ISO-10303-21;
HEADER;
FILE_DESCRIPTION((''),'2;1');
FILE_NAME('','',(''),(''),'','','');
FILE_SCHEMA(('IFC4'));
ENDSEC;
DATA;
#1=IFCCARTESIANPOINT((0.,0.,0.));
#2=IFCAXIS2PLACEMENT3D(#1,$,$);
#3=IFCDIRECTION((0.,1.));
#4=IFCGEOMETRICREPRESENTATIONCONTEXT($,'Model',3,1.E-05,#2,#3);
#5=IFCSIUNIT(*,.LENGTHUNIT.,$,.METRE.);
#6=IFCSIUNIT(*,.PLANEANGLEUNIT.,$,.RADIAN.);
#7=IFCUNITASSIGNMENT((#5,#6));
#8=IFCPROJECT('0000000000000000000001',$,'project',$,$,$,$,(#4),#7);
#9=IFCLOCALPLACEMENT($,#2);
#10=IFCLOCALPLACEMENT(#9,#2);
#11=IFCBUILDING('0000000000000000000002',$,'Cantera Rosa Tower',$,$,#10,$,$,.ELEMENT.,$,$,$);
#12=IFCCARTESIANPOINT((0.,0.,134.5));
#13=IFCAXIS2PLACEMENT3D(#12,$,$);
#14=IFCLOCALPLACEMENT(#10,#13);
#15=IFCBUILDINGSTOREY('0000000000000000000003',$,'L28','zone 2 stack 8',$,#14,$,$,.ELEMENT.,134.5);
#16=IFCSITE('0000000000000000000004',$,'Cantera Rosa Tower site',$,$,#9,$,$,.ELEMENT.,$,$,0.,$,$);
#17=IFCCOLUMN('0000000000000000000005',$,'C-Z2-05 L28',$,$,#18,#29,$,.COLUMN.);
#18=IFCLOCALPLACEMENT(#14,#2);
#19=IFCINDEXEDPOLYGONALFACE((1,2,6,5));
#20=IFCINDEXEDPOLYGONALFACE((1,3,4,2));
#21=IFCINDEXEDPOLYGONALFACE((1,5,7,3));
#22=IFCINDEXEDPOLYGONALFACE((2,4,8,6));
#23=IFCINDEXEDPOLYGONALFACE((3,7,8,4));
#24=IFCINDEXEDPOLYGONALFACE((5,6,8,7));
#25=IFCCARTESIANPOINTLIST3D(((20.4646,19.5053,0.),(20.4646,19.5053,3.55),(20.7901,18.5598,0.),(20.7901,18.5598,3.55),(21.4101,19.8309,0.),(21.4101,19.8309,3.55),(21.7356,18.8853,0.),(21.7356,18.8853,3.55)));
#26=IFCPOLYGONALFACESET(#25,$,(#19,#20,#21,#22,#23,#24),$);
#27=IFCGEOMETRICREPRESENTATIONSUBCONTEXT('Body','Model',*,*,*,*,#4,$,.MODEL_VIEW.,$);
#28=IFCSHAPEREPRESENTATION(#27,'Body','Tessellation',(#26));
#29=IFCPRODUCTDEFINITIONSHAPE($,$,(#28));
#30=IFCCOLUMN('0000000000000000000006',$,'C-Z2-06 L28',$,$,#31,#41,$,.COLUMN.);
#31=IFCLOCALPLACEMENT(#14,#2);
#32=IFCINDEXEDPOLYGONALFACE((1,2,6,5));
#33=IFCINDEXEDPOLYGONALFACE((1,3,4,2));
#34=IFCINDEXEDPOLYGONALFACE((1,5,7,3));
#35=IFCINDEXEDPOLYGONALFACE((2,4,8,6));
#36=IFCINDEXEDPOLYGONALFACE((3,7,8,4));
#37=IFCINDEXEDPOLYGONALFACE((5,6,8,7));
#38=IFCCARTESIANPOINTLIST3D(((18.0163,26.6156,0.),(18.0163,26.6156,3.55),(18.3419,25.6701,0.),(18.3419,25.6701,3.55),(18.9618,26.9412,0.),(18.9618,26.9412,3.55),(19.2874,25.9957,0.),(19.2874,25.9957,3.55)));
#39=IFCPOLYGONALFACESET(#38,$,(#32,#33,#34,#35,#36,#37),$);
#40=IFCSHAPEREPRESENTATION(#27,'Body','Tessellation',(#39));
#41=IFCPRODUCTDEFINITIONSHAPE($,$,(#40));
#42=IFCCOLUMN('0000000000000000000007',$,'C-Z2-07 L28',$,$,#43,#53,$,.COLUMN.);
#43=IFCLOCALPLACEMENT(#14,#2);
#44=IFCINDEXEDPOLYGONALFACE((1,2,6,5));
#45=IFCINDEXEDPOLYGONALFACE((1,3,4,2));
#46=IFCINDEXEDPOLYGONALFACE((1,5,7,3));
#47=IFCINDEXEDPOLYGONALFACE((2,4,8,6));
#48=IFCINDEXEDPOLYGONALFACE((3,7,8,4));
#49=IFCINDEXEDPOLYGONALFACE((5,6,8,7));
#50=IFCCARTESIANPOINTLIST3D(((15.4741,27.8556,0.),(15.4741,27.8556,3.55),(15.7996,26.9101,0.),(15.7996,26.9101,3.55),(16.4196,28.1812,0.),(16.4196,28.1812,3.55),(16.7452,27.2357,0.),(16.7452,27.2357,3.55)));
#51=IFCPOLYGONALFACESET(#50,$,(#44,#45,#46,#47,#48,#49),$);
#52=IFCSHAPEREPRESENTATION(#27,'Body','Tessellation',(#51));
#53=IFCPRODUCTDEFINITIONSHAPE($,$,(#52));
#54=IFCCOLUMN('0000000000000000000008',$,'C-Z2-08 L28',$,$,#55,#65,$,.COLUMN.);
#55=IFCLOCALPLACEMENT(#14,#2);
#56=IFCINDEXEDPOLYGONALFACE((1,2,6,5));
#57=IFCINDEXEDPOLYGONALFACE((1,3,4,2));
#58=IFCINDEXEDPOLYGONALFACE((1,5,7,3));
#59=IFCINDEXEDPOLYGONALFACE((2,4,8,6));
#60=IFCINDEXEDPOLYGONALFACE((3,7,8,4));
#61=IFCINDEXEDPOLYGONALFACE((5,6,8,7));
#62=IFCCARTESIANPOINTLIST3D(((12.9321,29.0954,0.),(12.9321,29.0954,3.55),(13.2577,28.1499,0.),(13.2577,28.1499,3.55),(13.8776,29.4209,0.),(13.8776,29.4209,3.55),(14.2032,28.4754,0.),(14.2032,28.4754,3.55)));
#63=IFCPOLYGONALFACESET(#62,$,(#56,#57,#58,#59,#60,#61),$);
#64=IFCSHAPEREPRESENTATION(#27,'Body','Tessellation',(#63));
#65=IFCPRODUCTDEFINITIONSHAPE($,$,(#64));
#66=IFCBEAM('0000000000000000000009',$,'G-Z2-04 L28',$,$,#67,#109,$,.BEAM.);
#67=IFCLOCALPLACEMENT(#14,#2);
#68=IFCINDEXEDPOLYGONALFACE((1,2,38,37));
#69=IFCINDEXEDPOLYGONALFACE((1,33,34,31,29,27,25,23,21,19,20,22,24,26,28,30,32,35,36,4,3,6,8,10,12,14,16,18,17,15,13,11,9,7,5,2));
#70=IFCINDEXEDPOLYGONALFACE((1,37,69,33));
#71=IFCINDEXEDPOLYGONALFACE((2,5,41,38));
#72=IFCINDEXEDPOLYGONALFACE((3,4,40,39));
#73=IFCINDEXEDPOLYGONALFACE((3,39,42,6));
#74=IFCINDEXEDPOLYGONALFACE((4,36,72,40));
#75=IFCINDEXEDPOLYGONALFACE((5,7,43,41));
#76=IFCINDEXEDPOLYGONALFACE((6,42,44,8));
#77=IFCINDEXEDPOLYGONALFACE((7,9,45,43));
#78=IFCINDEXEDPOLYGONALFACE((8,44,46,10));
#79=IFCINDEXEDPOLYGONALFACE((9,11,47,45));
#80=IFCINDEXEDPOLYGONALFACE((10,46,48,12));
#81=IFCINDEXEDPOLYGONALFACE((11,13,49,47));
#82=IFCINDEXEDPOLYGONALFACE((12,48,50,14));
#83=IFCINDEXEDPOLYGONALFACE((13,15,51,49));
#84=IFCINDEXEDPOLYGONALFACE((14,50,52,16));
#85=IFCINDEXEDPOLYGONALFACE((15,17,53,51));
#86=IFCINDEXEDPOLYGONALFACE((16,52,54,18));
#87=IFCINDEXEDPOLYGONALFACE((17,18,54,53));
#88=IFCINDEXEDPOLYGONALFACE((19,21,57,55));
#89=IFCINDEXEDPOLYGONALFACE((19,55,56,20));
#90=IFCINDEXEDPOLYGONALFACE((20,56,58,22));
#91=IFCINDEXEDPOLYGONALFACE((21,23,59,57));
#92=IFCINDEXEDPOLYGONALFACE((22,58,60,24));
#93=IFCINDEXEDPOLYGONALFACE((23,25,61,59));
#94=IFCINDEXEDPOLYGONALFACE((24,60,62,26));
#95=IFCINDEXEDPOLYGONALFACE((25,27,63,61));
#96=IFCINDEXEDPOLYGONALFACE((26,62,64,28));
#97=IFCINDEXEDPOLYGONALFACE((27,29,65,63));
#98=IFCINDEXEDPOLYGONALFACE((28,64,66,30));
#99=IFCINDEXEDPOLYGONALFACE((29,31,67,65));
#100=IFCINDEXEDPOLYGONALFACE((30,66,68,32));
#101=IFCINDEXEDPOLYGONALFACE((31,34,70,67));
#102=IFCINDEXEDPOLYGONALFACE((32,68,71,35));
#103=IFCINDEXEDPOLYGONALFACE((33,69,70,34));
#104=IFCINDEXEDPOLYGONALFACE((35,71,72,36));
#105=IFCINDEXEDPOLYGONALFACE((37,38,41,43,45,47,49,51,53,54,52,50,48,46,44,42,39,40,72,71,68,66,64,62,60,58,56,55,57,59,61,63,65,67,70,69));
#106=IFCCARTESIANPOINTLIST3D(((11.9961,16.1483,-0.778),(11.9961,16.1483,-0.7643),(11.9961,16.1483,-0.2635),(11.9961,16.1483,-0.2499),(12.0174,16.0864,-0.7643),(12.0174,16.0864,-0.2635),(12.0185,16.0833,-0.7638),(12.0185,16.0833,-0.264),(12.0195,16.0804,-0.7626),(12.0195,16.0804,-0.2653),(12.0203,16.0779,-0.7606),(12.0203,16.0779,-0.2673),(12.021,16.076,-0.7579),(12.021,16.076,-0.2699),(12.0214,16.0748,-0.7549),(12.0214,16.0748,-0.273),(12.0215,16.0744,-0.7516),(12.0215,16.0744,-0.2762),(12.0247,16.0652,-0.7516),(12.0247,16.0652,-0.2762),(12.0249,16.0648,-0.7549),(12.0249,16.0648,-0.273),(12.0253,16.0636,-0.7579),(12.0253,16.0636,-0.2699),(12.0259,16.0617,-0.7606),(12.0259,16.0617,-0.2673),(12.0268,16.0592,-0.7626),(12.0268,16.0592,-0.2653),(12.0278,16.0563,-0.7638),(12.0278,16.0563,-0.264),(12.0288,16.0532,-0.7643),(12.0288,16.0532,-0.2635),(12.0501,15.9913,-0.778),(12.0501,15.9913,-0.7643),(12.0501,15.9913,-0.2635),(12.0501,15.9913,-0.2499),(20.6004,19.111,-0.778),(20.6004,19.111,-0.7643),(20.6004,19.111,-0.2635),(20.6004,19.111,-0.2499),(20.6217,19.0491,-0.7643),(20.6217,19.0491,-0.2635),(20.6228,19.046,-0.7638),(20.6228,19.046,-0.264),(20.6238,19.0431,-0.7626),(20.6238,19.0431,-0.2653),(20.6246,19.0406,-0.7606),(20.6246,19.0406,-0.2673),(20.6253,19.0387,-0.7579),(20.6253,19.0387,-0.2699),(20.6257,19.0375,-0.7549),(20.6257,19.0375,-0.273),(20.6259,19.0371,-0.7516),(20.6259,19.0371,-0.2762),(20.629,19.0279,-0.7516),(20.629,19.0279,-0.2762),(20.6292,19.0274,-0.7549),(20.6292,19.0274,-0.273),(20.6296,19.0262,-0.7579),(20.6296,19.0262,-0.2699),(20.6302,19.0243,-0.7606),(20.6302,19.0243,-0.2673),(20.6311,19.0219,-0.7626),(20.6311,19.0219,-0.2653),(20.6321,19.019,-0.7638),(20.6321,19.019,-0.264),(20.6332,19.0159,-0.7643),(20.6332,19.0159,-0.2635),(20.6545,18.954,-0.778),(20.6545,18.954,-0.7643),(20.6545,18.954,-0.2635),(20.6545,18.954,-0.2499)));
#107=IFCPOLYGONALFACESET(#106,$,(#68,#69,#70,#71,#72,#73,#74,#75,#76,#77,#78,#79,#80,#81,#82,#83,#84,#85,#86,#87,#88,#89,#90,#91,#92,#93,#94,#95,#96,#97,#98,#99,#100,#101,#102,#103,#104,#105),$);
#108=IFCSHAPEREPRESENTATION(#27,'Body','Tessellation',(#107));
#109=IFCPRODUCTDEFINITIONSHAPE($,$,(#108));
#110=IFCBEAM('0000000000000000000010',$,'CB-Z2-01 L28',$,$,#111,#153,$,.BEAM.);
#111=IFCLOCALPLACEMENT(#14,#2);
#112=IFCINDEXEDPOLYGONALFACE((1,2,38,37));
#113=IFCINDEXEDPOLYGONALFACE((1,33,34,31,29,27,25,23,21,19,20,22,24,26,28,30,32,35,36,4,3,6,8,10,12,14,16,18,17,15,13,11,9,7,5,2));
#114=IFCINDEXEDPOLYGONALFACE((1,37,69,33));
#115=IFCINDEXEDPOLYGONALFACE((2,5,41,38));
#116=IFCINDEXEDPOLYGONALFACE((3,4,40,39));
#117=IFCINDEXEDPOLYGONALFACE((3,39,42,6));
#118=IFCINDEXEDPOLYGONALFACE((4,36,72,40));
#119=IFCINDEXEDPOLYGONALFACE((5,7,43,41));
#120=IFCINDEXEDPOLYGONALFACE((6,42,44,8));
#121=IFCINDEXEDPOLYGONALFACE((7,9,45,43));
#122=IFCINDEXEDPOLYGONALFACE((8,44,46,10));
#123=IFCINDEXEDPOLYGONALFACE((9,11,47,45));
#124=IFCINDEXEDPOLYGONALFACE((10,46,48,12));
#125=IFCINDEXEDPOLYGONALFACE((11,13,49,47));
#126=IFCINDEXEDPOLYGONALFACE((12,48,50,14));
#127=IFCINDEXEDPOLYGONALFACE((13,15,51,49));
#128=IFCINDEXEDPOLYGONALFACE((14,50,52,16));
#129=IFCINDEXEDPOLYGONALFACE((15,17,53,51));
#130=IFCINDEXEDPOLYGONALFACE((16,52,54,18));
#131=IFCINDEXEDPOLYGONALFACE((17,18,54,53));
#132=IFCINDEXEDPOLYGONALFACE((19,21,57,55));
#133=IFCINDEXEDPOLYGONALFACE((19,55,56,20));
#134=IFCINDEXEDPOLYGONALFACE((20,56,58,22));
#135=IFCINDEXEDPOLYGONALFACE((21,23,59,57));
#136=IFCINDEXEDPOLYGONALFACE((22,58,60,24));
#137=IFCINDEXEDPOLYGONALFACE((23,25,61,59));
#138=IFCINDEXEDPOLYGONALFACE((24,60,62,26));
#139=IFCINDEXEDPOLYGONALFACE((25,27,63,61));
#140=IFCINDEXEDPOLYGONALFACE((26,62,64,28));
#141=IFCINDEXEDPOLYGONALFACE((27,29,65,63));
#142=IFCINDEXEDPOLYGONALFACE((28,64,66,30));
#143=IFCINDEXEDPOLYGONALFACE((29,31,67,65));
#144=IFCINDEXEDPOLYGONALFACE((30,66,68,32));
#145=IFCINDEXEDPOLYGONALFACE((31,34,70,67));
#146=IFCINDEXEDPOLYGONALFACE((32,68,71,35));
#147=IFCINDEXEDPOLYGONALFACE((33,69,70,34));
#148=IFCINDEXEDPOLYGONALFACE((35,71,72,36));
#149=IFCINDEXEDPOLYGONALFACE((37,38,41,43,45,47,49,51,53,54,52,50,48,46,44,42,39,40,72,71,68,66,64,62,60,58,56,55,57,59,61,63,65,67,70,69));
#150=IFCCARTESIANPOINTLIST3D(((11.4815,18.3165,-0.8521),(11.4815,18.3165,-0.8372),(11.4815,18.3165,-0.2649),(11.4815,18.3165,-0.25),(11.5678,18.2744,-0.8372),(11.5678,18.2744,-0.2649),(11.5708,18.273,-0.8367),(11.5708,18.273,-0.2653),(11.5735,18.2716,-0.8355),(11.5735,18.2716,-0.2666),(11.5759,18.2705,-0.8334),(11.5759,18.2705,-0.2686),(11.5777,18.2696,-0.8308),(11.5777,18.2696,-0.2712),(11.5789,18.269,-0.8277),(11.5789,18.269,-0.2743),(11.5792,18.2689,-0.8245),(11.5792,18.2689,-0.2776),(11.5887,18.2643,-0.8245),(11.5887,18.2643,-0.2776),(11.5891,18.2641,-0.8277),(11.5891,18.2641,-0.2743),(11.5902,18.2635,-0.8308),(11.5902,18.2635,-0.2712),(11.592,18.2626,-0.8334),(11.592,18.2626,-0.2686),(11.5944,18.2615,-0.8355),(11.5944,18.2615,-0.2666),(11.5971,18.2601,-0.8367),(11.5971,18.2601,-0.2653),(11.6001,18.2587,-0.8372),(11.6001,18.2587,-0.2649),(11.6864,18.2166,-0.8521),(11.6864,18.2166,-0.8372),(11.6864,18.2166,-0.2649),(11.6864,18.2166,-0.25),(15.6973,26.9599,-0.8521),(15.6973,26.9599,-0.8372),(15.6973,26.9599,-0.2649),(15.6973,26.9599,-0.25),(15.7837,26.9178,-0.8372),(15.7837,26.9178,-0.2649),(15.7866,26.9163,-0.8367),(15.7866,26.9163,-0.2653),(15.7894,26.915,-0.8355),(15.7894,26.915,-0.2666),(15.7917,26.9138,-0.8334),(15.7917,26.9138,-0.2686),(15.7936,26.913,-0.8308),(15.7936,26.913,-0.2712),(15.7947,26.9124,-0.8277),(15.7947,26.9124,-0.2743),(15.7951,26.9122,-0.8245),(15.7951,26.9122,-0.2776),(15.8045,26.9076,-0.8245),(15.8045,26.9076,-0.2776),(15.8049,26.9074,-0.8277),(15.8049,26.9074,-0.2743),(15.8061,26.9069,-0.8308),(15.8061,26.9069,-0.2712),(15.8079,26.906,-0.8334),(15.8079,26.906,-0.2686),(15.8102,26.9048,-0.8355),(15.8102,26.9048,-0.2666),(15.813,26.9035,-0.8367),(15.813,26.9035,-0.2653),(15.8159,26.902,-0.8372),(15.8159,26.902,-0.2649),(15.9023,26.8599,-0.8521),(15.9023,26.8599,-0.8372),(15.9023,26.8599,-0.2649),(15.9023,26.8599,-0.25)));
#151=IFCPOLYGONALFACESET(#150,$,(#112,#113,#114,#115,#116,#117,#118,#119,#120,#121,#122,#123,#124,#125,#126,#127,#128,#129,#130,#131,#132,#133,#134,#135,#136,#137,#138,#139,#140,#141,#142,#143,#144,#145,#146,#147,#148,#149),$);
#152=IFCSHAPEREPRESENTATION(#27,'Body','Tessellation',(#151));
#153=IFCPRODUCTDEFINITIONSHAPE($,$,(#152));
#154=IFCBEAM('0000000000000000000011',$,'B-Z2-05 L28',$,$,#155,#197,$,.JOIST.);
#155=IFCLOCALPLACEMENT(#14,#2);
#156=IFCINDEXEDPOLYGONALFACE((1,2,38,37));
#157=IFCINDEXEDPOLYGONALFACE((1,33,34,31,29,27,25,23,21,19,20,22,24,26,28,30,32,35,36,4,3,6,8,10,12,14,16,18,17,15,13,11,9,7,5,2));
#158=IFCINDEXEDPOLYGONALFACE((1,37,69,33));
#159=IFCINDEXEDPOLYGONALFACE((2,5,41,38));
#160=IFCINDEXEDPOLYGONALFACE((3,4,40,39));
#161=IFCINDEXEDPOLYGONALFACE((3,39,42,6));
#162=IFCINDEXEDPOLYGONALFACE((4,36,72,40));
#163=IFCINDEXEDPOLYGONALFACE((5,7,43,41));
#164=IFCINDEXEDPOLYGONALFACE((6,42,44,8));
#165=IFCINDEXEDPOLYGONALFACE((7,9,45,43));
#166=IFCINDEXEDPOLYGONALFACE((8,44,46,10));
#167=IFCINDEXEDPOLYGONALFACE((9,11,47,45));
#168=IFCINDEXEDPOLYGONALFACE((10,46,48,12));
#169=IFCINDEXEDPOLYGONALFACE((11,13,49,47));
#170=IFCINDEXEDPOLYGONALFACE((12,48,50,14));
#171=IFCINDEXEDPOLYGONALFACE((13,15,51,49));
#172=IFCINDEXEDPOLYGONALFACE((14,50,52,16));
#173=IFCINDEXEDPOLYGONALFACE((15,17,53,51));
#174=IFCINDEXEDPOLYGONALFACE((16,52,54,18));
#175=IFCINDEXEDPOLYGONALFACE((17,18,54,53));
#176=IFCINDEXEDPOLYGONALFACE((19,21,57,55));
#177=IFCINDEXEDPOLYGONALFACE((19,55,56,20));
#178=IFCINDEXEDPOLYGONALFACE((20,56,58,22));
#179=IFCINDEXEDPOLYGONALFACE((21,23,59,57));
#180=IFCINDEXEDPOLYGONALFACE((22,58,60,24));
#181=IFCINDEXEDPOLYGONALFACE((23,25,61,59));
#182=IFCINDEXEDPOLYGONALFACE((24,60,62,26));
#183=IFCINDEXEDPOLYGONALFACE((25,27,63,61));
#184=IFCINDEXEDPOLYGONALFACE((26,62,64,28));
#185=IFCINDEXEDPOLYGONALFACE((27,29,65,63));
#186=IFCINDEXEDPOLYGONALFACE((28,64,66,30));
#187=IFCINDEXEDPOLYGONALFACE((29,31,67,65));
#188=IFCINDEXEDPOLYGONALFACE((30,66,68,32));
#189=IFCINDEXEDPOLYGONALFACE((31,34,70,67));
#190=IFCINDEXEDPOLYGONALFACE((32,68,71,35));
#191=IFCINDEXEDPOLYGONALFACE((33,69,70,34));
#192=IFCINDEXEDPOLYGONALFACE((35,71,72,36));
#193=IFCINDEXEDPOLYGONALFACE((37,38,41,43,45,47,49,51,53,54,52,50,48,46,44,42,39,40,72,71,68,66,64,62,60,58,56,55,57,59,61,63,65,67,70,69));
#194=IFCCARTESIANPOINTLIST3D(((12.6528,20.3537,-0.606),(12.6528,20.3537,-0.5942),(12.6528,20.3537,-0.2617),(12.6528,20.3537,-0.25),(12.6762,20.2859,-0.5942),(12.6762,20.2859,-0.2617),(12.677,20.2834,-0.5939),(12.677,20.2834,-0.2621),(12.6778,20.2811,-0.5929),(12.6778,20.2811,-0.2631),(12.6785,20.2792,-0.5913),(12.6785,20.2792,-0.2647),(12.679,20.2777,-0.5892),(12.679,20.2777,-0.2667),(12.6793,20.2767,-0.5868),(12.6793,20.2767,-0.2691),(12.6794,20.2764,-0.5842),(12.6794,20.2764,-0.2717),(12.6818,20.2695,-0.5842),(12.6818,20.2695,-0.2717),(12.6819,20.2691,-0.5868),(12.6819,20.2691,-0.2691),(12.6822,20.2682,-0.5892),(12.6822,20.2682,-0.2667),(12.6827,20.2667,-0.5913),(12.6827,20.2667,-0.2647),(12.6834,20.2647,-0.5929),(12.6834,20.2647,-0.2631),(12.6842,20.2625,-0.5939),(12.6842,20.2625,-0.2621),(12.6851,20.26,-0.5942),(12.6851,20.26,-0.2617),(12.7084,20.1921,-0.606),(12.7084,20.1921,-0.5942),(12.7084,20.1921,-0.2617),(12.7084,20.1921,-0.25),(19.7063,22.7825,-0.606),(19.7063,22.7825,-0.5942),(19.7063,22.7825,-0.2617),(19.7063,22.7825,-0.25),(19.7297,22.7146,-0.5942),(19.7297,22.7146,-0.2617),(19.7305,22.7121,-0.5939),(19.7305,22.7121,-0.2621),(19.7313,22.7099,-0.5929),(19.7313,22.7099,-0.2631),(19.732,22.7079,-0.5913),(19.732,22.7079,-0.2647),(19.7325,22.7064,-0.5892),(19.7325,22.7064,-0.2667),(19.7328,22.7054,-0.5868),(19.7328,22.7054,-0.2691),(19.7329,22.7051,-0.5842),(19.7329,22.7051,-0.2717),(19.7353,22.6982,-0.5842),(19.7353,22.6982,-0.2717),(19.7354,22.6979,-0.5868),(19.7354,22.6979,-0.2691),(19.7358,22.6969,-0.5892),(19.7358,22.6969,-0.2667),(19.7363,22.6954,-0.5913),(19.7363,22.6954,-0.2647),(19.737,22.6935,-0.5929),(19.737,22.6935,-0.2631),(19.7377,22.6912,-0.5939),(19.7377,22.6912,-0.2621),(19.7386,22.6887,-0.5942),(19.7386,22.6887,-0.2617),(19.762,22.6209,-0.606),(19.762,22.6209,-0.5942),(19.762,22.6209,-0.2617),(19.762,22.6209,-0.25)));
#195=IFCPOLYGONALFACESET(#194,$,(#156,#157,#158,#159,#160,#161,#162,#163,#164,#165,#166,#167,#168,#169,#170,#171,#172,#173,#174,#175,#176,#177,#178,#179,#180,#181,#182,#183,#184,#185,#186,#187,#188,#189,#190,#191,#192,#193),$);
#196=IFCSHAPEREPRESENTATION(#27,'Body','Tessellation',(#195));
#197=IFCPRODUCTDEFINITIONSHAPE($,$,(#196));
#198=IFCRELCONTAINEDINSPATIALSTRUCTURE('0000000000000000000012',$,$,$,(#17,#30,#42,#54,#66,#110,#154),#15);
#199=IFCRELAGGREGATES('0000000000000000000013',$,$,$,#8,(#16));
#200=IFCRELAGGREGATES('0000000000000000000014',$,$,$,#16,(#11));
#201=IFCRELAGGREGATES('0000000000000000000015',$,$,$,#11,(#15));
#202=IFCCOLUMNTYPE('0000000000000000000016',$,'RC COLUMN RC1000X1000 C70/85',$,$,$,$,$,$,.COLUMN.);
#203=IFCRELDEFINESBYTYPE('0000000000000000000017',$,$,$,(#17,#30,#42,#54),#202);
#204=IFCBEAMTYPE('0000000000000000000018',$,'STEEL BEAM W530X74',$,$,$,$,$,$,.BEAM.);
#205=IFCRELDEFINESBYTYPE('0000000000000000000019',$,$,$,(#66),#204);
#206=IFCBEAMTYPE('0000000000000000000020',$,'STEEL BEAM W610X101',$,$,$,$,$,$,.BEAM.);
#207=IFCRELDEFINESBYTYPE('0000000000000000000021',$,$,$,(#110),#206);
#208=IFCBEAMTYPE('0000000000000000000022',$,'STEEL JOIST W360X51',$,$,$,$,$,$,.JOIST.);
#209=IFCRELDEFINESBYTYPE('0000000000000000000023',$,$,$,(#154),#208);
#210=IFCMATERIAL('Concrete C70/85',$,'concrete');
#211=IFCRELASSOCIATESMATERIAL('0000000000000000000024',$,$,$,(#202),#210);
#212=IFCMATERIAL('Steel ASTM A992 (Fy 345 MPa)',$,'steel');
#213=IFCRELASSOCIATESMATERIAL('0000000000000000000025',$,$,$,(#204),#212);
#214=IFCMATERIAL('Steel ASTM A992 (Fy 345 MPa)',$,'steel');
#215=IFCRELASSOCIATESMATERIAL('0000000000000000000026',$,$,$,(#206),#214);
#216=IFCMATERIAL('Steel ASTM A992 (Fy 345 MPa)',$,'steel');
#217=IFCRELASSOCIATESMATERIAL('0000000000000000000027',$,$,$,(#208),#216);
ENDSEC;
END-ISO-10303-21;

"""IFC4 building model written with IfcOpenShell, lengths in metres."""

from ifc_helpers import new_model, si_unit, direction, frame, origin, origin_2d, place, context, subcontext, project, spatial, rectangle, i_section, extrude, material, material_profile, profile_set, type_object, element, save


model = new_model("IFC4")

# Units and contexts
model_context = context("Model", 3, precision=1e-05, world=origin(), true_north=direction((0.0, 1.0)))
body_context = subcontext(model_context, "Body", "Model", "MODEL_VIEW")
ifc_project = project(units=[si_unit("LENGTHUNIT", "METRE"), si_unit("PLANEANGLEUNIT", "RADIAN")], contexts=[model_context])

# Site, building, storey
site_placement = place(None, origin())
site = spatial("IfcSite", under=ifc_project, at=site_placement, Name="Cantera Rosa Tower site", CompositionType="ELEMENT", RefElevation=0.0)
building_placement = place(site_placement, origin())
building = spatial("IfcBuilding", under=site, at=building_placement, Name="Cantera Rosa Tower", CompositionType="ELEMENT")
storey_placement = place(building_placement, frame((0.0, 0.0, 134.5)))
storey = spatial("IfcBuildingStorey", under=building, at=storey_placement, Name="L28", Description="zone 2 stack 8", CompositionType="ELEMENT", Elevation=134.5)

# Columns
ifc_material_1 = material(Name="Concrete C70/85", Category="concrete")
ifc_material_profile_1 = material_profile(ifc_material_1, rectangle(XDim=1.0, YDim=1.0, at=origin_2d()), Name="RC COLUMN RC1000X1000 C70/85")
ifc_profile_set_1 = profile_set([ifc_material_profile_1], Name="Concrete C70/85")
column_type = type_object("IfcColumnType", Name="RC COLUMN RC1000X1000 C70/85", PredefinedType="COLUMN", material=ifc_profile_set_1)
for number, where, z_axis, x_axis, name in (
    (1, (21.1001, 19.1953, 0.0), (0.0, 0.0, 1.0), (0.945519, 0.325568, 0.0), "C-Z2-05 L28"),
    (2, (18.6519, 26.3057, 0.0), (0.0, 0.0, 1.0), (0.945519, 0.325568, 0.0), "C-Z2-06 L28"),
    (3, (16.1096, 27.5457, 0.0), (0.0, 0.0, 1.0), (0.945519, 0.325568, 0.0), "C-Z2-07 L28"),
    (4, (13.5676, 28.7854, 0.0), (0.0, 0.0, 1.0), (0.945519, 0.325568, 0.0), "C-Z2-08 L28"),
):
    element("IfcColumn", number, at=place(storey_placement, frame(where, z_axis=z_axis, x_axis=x_axis)), inside=storey, type_object=column_type, Name=name, PredefinedType="COLUMN", context=body_context, shape_type="SweptSolid", body=[
        extrude(rectangle(XDim=1.0, YDim=1.0, at=origin_2d()), origin(), (0.0, 0.0, 1.0), 3.55),
    ])

# Beams
ifc_material_2 = material(Name="Steel ASTM A992 (Fy 345 MPa)", Category="steel")
ifc_material_profile_2 = material_profile(ifc_material_2, i_section(OverallWidth=0.166, OverallDepth=0.5281, WebThickness=0.0098, FlangeThickness=0.0137, FilletRadius=0.0127, at=origin_2d()), Name="W530X74")
ifc_profile_set_2 = profile_set([ifc_material_profile_2], Name="Steel ASTM A992 (Fy 345 MPa)")
beam_type_1 = type_object("IfcBeamType", Name="STEEL BEAM W530X74", PredefinedType="BEAM", material=ifc_profile_set_2)
beam_1_placement = place(storey_placement, frame((20.6274, 19.0325, -0.5139), z_axis=(-0.94552, -0.325565, 0.0), x_axis=(0.325565, -0.94552, 0.0)))
element("IfcBeam", 5, at=beam_1_placement, inside=storey, type_object=beam_type_1, Name="G-Z2-04 L28", PredefinedType="BEAM", context=body_context, shape_type="SweptSolid", body=[
    extrude(i_section(OverallWidth=0.166, OverallDepth=0.5281, WebThickness=0.0098, FlangeThickness=0.0137, FilletRadius=0.0127, at=origin_2d()), origin(), (0.0, 0.0, 1.0), 9.1001),
])
ifc_material_3 = material(Name="Steel ASTM A992 (Fy 345 MPa)", Category="steel")
ifc_material_profile_3 = material_profile(ifc_material_3, i_section(OverallWidth=0.228, OverallDepth=0.6021, WebThickness=0.0105, FlangeThickness=0.0149, FilletRadius=0.0127, at=origin_2d()), Name="W610X101")
ifc_profile_set_3 = profile_set([ifc_material_profile_3], Name="Steel ASTM A992 (Fy 345 MPa)")
beam_type_2 = type_object("IfcBeamType", Name="STEEL BEAM W610X101", PredefinedType="BEAM", material=ifc_profile_set_3)
beam_2_placement = place(storey_placement, frame((15.7998, 26.9099, -0.551), z_axis=(-0.438388, -0.898786, 0.0), x_axis=(0.898786, -0.438388, 0.0)))
element("IfcBeam", 6, at=beam_2_placement, inside=storey, type_object=beam_type_2, Name="CB-Z2-01 L28", PredefinedType="BEAM", context=body_context, shape_type="SweptSolid", body=[
    extrude(i_section(OverallWidth=0.228, OverallDepth=0.6021, WebThickness=0.0105, FlangeThickness=0.0149, FilletRadius=0.0127, at=origin_2d()), origin(), (0.0, 0.0, 1.0), 9.6167),
])
ifc_material_4 = material(Name="Steel ASTM A992 (Fy 345 MPa)", Category="steel")
ifc_material_profile_4 = material_profile(ifc_material_4, i_section(OverallWidth=0.1709, OverallDepth=0.356, WebThickness=0.0073, FlangeThickness=0.0117, FilletRadius=0.01, at=origin_2d()), Name="W360X51")
ifc_profile_set_4 = profile_set([ifc_material_profile_4], Name="Steel ASTM A992 (Fy 345 MPa)")
beam_type_3 = type_object("IfcBeamType", Name="STEEL JOIST W360X51", PredefinedType="JOIST", material=ifc_profile_set_4)
beam_3_placement = place(storey_placement, frame((19.7341, 22.7017, -0.428), z_axis=(-0.945518, -0.325569, 0.0), x_axis=(0.325569, -0.945518, 0.0)))
element("IfcBeam", 7, at=beam_3_placement, inside=storey, type_object=beam_type_3, Name="B-Z2-05 L28", PredefinedType="JOIST", context=body_context, shape_type="SweptSolid", body=[
    extrude(i_section(OverallWidth=0.1709, OverallDepth=0.356, WebThickness=0.0073, FlangeThickness=0.0117, FilletRadius=0.01, at=origin_2d()), origin(), (0.0, 0.0, 1.0), 7.46),
])

save(model, "model.ifc")
